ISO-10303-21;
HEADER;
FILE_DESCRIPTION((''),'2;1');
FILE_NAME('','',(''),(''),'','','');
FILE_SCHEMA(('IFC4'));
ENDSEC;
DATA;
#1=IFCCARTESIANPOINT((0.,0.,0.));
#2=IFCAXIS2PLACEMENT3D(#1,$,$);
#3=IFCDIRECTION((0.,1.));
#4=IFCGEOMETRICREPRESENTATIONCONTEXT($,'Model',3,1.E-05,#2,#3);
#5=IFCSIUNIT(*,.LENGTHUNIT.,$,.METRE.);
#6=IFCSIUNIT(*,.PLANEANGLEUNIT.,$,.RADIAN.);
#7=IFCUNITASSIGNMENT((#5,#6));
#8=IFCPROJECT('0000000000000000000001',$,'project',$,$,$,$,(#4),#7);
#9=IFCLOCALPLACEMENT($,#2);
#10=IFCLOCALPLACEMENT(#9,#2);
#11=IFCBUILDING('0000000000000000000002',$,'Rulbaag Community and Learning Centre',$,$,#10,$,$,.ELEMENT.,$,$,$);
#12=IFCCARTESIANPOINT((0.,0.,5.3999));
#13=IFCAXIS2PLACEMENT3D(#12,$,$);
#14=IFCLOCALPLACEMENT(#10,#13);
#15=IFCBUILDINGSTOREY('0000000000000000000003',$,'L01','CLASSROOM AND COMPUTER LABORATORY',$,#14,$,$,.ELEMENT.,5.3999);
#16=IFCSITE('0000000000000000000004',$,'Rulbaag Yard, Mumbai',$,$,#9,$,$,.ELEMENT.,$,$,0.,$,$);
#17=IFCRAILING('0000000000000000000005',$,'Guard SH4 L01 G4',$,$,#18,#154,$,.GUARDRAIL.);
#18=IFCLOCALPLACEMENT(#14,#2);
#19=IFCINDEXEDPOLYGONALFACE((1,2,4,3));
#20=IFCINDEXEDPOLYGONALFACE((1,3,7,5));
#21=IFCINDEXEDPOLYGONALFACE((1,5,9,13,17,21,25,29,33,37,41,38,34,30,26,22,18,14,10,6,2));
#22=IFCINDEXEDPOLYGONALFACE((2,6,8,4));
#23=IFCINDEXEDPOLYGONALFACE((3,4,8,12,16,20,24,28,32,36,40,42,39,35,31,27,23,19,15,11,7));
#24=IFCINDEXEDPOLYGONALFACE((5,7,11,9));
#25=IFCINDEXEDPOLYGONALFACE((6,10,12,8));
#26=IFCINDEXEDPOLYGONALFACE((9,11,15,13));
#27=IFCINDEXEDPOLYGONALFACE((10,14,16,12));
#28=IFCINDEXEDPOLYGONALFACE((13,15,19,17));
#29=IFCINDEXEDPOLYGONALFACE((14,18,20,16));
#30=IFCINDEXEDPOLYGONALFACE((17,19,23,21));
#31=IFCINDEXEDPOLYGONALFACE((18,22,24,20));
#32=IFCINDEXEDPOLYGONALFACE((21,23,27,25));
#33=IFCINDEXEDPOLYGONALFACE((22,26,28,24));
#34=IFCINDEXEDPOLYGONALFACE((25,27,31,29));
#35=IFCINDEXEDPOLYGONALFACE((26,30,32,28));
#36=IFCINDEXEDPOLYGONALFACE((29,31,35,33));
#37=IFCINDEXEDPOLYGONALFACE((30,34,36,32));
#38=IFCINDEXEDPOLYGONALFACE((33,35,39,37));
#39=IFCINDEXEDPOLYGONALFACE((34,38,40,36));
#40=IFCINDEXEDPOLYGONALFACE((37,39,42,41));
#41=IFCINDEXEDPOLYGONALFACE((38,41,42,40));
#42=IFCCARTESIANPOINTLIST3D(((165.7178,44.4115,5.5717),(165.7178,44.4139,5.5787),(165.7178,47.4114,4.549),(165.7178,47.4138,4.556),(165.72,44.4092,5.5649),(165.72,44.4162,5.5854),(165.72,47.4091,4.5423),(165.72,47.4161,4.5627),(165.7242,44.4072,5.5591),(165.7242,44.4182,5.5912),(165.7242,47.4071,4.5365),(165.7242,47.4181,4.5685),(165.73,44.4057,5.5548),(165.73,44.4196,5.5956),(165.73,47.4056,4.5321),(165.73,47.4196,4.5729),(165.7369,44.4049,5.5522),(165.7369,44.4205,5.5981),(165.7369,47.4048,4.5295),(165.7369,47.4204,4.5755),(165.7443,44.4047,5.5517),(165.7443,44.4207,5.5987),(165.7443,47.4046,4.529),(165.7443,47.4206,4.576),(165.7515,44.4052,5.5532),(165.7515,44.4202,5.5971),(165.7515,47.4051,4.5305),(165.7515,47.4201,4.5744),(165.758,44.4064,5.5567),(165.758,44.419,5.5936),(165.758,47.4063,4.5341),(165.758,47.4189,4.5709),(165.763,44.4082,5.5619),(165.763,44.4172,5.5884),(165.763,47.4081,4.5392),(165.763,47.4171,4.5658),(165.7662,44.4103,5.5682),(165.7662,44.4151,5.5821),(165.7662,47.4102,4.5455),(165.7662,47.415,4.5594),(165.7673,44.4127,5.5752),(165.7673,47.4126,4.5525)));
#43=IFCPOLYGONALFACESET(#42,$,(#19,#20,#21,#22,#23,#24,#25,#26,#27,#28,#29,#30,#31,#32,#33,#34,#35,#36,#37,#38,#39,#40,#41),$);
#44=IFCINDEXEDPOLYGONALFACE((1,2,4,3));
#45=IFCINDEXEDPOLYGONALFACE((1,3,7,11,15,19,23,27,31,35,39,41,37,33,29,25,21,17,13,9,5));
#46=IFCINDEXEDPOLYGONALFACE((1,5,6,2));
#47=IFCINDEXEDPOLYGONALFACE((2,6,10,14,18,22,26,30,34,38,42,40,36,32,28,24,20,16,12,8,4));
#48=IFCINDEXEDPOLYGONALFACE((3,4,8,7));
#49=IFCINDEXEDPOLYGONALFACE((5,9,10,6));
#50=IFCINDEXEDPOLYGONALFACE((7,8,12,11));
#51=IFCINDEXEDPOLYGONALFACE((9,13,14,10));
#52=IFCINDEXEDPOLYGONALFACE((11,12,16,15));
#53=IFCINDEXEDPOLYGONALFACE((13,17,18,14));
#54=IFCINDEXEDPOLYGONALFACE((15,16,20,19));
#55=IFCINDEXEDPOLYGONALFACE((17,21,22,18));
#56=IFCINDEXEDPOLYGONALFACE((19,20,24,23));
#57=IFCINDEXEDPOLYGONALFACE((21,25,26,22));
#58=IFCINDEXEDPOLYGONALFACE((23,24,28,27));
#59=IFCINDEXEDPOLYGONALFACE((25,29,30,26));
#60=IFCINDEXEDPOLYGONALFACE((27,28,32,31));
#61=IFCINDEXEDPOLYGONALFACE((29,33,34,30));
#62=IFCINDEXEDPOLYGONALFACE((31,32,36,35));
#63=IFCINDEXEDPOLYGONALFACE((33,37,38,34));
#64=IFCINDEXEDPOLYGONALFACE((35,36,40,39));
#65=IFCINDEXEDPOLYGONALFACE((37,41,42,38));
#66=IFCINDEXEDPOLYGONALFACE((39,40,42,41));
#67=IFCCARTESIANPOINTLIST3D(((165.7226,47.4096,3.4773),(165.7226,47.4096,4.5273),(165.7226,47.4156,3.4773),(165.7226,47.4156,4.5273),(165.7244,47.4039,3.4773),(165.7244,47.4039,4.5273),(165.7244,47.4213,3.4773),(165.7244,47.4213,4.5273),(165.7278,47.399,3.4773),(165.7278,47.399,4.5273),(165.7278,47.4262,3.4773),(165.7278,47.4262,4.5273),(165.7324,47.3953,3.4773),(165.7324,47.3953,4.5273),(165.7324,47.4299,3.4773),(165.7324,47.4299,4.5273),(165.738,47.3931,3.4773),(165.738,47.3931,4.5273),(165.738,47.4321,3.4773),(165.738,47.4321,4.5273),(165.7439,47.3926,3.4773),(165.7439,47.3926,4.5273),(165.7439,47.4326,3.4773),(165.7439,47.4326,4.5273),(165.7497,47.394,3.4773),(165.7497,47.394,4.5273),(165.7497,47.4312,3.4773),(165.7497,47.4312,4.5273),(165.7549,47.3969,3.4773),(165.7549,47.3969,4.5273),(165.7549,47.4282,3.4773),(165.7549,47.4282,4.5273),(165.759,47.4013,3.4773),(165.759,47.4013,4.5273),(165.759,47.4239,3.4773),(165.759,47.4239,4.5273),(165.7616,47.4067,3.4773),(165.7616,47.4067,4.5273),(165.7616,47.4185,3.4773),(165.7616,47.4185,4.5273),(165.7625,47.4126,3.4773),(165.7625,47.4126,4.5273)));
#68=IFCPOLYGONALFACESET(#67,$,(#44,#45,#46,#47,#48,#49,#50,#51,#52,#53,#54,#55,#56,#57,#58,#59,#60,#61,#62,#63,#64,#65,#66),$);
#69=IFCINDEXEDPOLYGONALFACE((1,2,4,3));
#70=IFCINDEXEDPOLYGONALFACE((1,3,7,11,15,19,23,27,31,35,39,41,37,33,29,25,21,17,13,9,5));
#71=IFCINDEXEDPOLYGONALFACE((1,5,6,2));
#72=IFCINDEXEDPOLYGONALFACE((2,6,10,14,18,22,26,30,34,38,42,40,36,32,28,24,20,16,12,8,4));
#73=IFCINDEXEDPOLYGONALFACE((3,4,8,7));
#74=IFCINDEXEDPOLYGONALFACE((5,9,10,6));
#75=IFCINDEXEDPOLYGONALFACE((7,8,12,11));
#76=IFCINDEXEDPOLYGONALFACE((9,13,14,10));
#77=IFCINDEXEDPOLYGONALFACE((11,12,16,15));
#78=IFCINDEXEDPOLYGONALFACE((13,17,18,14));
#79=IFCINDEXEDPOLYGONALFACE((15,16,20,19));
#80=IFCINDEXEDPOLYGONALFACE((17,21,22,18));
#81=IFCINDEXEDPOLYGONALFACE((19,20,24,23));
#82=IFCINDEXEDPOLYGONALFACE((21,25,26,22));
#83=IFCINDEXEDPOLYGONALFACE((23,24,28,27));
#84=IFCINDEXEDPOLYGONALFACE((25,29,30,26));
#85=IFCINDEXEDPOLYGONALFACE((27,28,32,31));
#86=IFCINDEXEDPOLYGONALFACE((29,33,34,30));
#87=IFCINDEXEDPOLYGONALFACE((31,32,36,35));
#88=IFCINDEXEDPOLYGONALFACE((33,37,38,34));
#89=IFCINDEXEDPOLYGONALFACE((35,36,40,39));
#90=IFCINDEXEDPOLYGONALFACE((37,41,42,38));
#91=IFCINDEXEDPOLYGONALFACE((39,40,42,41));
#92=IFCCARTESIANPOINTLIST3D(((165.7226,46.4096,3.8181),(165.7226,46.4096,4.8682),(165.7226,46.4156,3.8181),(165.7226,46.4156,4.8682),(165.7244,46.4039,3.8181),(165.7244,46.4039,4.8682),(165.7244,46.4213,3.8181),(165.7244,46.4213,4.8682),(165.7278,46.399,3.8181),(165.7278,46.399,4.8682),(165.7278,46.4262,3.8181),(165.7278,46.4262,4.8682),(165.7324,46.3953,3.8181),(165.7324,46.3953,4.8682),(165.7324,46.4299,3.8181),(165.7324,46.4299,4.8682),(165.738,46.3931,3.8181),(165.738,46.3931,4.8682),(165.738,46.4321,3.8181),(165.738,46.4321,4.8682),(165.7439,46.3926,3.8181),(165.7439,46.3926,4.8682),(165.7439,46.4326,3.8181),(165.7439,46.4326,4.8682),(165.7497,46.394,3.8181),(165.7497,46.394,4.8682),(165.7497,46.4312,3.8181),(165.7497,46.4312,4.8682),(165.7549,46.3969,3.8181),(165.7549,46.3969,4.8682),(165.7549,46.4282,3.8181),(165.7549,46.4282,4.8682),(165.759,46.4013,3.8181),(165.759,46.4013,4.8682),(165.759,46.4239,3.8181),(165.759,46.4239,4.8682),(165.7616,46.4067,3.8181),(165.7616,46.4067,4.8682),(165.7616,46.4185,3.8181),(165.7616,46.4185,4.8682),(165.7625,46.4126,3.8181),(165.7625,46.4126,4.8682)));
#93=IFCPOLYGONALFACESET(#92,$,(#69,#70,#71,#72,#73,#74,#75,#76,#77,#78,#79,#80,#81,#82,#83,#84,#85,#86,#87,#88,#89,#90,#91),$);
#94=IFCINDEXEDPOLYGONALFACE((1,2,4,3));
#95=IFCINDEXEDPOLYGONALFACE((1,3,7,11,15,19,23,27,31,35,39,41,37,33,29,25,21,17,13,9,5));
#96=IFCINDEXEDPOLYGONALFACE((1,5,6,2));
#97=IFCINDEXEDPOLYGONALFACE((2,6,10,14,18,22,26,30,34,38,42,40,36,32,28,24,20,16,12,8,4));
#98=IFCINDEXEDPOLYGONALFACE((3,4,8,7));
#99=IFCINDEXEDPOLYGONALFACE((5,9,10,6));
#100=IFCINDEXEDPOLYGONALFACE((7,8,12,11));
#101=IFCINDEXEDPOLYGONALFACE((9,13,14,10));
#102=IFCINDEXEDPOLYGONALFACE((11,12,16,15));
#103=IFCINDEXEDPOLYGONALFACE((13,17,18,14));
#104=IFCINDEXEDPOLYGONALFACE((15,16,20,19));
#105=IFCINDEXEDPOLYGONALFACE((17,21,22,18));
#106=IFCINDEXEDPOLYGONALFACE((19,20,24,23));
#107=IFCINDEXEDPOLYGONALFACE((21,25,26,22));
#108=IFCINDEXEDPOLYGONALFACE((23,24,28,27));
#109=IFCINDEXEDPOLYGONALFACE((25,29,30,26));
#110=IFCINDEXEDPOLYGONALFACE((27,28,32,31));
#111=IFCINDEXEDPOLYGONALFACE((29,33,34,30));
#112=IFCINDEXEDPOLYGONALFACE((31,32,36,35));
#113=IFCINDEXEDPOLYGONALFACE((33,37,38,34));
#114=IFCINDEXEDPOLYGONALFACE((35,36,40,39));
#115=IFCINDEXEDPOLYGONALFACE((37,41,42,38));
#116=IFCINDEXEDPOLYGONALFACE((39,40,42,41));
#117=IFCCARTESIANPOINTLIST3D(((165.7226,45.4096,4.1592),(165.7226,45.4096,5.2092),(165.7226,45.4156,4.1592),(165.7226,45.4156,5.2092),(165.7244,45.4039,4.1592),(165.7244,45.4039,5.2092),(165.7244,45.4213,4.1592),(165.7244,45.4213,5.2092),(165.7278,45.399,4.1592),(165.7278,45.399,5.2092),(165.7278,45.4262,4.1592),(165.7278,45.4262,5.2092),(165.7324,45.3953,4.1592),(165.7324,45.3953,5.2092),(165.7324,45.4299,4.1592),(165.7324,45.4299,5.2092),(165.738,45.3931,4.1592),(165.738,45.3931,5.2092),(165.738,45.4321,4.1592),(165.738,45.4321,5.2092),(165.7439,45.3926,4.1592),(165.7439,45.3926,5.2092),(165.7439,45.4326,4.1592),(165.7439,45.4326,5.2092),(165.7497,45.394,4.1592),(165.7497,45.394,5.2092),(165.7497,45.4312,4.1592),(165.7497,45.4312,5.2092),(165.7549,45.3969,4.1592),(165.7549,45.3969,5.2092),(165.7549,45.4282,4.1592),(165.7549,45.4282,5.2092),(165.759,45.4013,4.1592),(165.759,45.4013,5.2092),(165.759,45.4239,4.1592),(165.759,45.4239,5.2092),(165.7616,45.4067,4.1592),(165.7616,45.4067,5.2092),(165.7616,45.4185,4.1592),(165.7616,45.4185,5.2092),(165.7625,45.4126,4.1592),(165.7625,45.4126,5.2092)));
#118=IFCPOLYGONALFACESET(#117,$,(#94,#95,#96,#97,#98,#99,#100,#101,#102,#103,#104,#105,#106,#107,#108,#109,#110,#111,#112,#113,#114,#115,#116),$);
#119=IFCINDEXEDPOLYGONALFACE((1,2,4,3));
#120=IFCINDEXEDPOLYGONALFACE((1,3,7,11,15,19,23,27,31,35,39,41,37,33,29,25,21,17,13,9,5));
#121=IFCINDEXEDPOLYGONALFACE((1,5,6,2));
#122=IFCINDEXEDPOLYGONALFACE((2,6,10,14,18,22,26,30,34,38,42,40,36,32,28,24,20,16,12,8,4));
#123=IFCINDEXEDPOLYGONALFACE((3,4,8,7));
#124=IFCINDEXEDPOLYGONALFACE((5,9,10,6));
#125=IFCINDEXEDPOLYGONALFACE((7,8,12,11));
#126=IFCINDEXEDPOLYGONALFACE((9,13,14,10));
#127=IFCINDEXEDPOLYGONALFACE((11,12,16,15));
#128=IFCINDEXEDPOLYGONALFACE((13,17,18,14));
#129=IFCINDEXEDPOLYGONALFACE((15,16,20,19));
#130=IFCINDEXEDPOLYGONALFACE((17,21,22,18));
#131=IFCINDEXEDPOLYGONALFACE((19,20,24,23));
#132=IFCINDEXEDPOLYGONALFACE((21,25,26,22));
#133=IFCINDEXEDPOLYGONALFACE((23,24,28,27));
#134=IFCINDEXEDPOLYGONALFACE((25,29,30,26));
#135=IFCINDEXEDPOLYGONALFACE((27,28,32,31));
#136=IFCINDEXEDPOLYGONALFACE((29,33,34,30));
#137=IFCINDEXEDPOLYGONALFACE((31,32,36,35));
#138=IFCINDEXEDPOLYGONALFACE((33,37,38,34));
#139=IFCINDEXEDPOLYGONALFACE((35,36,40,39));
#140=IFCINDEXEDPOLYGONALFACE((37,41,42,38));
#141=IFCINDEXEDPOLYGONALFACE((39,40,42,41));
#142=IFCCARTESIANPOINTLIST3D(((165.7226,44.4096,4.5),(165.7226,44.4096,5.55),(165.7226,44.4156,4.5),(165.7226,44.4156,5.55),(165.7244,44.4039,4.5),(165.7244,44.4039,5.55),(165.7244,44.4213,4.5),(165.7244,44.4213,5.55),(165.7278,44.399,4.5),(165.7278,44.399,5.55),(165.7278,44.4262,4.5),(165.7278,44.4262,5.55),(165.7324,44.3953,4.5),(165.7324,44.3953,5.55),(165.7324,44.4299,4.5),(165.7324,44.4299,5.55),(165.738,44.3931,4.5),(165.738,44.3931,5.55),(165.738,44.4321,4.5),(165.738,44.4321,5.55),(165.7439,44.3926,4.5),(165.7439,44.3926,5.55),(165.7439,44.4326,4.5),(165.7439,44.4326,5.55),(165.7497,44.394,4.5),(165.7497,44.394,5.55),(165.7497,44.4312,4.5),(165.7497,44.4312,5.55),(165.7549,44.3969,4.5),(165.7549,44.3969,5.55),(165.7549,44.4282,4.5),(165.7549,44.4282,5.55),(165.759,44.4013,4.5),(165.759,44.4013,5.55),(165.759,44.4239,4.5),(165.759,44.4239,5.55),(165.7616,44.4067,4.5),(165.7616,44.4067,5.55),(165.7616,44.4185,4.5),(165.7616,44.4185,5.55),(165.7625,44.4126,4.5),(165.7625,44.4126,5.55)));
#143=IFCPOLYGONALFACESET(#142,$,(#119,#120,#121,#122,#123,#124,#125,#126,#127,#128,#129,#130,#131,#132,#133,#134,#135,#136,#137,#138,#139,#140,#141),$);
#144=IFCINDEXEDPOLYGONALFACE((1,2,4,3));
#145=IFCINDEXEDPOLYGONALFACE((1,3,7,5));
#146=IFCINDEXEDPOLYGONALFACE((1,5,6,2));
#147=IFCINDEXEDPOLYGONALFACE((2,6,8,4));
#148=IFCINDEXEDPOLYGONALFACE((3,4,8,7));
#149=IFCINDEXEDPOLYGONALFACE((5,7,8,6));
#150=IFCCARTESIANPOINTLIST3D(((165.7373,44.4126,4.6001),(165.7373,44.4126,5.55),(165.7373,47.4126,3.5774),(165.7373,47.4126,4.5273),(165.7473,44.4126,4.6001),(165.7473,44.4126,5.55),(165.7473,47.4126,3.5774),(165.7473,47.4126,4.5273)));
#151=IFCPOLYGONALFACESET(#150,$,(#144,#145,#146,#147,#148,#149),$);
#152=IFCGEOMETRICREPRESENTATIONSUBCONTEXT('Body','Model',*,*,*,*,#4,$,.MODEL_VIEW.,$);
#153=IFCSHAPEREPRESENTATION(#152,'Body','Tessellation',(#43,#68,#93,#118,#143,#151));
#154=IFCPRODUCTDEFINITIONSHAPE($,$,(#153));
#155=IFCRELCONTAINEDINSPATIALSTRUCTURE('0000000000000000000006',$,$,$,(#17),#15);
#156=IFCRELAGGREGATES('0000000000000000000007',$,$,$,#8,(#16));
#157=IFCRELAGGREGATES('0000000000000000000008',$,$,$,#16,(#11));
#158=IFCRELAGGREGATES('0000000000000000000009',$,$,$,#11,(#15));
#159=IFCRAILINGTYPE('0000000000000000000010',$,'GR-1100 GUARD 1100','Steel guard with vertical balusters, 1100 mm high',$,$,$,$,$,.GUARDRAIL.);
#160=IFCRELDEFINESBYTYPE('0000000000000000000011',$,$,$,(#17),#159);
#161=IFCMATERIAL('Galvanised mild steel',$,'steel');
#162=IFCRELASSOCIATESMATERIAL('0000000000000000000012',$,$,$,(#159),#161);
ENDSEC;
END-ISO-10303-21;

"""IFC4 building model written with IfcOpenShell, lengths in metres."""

from ifc_helpers import new_model, si_unit, direction, frame, origin, origin_2d, place, context, subcontext, project, spatial, polyline, circle, outline, extrude, material, type_object, element, save


model = new_model("IFC4")

# Units and contexts
model_context = context("Model", 3, precision=1e-05, world=origin(), true_north=direction((0.0, 1.0)))
body_context = subcontext(model_context, "Body", "Model", "MODEL_VIEW")
ifc_project = project(units=[si_unit("LENGTHUNIT", "METRE"), si_unit("PLANEANGLEUNIT", "RADIAN")], contexts=[model_context])

# Site, building, storey
site_placement = place(None, origin())
site = spatial("IfcSite", under=ifc_project, at=site_placement, Name="Rulbaag Yard, Mumbai", CompositionType="ELEMENT", RefElevation=0.0)
building_placement = place(site_placement, origin())
building = spatial("IfcBuilding", under=site, at=building_placement, Name="Rulbaag Community and Learning Centre", CompositionType="ELEMENT")
storey_placement = place(building_placement, frame((0.0, 0.0, 5.3999)))
storey = spatial("IfcBuildingStorey", under=building, at=storey_placement, Name="L01", Description="CLASSROOM AND COMPUTER LABORATORY", CompositionType="ELEMENT", Elevation=5.3999)

# Railing
ifc_material_1 = material(Name="Galvanised mild steel", Category="steel")
railing_type_1 = type_object("IfcRailingType", Name="GR-1100 GUARD 1100", Description="Steel guard with vertical balusters, 1100 mm high", PredefinedType="GUARDRAIL", material=ifc_material_1)
railing_1_placement = place(storey_placement, frame((165.7424, 47.4126, 3.4773)))
element("IfcRailing", 1, at=railing_1_placement, inside=storey, type_object=railing_type_1, Name="Guard SH4 L01 G4", PredefinedType="GUARDRAIL", context=body_context, shape_type="SweptSolid", body=[
    extrude(circle(Radius=0.0249, at=origin_2d()), frame((0.0, 0.0, 1.0752), z_axis=(0.0, -0.946512, 0.322668), x_axis=(1.0, 0.0, 0.0)), (0.0, 0.0, 1.0), 3.1694),
    extrude(circle(Radius=0.02, at=origin_2d()), origin(), (0.0, 0.0, 1.0), 1.05),
    extrude(circle(Radius=0.02, at=origin_2d()), frame((0.0, -1.0, 0.3408)), (0.0, 0.0, 1.0), 1.05),
    extrude(circle(Radius=0.02, at=origin_2d()), frame((0.0, -2.0, 0.6819)), (0.0, 0.0, 1.0), 1.05),
    extrude(circle(Radius=0.02, at=origin_2d()), frame((0.0, -3.0, 1.0227)), (0.0, 0.0, 1.0), 1.05),
    extrude(outline(polyline([(0.0, 0.0), (3.0, 1.0227), (3.0, 1.9727), (0.0, 0.95), (0.0, 0.0)])), frame((0.0049, 0.0, 0.1001), z_axis=(-1.0, 0.0, 0.0), x_axis=(0.0, -1.0, 0.0)), (0.0, 0.0, 1.0), 0.01),
])

save(model, "model.ifc")
